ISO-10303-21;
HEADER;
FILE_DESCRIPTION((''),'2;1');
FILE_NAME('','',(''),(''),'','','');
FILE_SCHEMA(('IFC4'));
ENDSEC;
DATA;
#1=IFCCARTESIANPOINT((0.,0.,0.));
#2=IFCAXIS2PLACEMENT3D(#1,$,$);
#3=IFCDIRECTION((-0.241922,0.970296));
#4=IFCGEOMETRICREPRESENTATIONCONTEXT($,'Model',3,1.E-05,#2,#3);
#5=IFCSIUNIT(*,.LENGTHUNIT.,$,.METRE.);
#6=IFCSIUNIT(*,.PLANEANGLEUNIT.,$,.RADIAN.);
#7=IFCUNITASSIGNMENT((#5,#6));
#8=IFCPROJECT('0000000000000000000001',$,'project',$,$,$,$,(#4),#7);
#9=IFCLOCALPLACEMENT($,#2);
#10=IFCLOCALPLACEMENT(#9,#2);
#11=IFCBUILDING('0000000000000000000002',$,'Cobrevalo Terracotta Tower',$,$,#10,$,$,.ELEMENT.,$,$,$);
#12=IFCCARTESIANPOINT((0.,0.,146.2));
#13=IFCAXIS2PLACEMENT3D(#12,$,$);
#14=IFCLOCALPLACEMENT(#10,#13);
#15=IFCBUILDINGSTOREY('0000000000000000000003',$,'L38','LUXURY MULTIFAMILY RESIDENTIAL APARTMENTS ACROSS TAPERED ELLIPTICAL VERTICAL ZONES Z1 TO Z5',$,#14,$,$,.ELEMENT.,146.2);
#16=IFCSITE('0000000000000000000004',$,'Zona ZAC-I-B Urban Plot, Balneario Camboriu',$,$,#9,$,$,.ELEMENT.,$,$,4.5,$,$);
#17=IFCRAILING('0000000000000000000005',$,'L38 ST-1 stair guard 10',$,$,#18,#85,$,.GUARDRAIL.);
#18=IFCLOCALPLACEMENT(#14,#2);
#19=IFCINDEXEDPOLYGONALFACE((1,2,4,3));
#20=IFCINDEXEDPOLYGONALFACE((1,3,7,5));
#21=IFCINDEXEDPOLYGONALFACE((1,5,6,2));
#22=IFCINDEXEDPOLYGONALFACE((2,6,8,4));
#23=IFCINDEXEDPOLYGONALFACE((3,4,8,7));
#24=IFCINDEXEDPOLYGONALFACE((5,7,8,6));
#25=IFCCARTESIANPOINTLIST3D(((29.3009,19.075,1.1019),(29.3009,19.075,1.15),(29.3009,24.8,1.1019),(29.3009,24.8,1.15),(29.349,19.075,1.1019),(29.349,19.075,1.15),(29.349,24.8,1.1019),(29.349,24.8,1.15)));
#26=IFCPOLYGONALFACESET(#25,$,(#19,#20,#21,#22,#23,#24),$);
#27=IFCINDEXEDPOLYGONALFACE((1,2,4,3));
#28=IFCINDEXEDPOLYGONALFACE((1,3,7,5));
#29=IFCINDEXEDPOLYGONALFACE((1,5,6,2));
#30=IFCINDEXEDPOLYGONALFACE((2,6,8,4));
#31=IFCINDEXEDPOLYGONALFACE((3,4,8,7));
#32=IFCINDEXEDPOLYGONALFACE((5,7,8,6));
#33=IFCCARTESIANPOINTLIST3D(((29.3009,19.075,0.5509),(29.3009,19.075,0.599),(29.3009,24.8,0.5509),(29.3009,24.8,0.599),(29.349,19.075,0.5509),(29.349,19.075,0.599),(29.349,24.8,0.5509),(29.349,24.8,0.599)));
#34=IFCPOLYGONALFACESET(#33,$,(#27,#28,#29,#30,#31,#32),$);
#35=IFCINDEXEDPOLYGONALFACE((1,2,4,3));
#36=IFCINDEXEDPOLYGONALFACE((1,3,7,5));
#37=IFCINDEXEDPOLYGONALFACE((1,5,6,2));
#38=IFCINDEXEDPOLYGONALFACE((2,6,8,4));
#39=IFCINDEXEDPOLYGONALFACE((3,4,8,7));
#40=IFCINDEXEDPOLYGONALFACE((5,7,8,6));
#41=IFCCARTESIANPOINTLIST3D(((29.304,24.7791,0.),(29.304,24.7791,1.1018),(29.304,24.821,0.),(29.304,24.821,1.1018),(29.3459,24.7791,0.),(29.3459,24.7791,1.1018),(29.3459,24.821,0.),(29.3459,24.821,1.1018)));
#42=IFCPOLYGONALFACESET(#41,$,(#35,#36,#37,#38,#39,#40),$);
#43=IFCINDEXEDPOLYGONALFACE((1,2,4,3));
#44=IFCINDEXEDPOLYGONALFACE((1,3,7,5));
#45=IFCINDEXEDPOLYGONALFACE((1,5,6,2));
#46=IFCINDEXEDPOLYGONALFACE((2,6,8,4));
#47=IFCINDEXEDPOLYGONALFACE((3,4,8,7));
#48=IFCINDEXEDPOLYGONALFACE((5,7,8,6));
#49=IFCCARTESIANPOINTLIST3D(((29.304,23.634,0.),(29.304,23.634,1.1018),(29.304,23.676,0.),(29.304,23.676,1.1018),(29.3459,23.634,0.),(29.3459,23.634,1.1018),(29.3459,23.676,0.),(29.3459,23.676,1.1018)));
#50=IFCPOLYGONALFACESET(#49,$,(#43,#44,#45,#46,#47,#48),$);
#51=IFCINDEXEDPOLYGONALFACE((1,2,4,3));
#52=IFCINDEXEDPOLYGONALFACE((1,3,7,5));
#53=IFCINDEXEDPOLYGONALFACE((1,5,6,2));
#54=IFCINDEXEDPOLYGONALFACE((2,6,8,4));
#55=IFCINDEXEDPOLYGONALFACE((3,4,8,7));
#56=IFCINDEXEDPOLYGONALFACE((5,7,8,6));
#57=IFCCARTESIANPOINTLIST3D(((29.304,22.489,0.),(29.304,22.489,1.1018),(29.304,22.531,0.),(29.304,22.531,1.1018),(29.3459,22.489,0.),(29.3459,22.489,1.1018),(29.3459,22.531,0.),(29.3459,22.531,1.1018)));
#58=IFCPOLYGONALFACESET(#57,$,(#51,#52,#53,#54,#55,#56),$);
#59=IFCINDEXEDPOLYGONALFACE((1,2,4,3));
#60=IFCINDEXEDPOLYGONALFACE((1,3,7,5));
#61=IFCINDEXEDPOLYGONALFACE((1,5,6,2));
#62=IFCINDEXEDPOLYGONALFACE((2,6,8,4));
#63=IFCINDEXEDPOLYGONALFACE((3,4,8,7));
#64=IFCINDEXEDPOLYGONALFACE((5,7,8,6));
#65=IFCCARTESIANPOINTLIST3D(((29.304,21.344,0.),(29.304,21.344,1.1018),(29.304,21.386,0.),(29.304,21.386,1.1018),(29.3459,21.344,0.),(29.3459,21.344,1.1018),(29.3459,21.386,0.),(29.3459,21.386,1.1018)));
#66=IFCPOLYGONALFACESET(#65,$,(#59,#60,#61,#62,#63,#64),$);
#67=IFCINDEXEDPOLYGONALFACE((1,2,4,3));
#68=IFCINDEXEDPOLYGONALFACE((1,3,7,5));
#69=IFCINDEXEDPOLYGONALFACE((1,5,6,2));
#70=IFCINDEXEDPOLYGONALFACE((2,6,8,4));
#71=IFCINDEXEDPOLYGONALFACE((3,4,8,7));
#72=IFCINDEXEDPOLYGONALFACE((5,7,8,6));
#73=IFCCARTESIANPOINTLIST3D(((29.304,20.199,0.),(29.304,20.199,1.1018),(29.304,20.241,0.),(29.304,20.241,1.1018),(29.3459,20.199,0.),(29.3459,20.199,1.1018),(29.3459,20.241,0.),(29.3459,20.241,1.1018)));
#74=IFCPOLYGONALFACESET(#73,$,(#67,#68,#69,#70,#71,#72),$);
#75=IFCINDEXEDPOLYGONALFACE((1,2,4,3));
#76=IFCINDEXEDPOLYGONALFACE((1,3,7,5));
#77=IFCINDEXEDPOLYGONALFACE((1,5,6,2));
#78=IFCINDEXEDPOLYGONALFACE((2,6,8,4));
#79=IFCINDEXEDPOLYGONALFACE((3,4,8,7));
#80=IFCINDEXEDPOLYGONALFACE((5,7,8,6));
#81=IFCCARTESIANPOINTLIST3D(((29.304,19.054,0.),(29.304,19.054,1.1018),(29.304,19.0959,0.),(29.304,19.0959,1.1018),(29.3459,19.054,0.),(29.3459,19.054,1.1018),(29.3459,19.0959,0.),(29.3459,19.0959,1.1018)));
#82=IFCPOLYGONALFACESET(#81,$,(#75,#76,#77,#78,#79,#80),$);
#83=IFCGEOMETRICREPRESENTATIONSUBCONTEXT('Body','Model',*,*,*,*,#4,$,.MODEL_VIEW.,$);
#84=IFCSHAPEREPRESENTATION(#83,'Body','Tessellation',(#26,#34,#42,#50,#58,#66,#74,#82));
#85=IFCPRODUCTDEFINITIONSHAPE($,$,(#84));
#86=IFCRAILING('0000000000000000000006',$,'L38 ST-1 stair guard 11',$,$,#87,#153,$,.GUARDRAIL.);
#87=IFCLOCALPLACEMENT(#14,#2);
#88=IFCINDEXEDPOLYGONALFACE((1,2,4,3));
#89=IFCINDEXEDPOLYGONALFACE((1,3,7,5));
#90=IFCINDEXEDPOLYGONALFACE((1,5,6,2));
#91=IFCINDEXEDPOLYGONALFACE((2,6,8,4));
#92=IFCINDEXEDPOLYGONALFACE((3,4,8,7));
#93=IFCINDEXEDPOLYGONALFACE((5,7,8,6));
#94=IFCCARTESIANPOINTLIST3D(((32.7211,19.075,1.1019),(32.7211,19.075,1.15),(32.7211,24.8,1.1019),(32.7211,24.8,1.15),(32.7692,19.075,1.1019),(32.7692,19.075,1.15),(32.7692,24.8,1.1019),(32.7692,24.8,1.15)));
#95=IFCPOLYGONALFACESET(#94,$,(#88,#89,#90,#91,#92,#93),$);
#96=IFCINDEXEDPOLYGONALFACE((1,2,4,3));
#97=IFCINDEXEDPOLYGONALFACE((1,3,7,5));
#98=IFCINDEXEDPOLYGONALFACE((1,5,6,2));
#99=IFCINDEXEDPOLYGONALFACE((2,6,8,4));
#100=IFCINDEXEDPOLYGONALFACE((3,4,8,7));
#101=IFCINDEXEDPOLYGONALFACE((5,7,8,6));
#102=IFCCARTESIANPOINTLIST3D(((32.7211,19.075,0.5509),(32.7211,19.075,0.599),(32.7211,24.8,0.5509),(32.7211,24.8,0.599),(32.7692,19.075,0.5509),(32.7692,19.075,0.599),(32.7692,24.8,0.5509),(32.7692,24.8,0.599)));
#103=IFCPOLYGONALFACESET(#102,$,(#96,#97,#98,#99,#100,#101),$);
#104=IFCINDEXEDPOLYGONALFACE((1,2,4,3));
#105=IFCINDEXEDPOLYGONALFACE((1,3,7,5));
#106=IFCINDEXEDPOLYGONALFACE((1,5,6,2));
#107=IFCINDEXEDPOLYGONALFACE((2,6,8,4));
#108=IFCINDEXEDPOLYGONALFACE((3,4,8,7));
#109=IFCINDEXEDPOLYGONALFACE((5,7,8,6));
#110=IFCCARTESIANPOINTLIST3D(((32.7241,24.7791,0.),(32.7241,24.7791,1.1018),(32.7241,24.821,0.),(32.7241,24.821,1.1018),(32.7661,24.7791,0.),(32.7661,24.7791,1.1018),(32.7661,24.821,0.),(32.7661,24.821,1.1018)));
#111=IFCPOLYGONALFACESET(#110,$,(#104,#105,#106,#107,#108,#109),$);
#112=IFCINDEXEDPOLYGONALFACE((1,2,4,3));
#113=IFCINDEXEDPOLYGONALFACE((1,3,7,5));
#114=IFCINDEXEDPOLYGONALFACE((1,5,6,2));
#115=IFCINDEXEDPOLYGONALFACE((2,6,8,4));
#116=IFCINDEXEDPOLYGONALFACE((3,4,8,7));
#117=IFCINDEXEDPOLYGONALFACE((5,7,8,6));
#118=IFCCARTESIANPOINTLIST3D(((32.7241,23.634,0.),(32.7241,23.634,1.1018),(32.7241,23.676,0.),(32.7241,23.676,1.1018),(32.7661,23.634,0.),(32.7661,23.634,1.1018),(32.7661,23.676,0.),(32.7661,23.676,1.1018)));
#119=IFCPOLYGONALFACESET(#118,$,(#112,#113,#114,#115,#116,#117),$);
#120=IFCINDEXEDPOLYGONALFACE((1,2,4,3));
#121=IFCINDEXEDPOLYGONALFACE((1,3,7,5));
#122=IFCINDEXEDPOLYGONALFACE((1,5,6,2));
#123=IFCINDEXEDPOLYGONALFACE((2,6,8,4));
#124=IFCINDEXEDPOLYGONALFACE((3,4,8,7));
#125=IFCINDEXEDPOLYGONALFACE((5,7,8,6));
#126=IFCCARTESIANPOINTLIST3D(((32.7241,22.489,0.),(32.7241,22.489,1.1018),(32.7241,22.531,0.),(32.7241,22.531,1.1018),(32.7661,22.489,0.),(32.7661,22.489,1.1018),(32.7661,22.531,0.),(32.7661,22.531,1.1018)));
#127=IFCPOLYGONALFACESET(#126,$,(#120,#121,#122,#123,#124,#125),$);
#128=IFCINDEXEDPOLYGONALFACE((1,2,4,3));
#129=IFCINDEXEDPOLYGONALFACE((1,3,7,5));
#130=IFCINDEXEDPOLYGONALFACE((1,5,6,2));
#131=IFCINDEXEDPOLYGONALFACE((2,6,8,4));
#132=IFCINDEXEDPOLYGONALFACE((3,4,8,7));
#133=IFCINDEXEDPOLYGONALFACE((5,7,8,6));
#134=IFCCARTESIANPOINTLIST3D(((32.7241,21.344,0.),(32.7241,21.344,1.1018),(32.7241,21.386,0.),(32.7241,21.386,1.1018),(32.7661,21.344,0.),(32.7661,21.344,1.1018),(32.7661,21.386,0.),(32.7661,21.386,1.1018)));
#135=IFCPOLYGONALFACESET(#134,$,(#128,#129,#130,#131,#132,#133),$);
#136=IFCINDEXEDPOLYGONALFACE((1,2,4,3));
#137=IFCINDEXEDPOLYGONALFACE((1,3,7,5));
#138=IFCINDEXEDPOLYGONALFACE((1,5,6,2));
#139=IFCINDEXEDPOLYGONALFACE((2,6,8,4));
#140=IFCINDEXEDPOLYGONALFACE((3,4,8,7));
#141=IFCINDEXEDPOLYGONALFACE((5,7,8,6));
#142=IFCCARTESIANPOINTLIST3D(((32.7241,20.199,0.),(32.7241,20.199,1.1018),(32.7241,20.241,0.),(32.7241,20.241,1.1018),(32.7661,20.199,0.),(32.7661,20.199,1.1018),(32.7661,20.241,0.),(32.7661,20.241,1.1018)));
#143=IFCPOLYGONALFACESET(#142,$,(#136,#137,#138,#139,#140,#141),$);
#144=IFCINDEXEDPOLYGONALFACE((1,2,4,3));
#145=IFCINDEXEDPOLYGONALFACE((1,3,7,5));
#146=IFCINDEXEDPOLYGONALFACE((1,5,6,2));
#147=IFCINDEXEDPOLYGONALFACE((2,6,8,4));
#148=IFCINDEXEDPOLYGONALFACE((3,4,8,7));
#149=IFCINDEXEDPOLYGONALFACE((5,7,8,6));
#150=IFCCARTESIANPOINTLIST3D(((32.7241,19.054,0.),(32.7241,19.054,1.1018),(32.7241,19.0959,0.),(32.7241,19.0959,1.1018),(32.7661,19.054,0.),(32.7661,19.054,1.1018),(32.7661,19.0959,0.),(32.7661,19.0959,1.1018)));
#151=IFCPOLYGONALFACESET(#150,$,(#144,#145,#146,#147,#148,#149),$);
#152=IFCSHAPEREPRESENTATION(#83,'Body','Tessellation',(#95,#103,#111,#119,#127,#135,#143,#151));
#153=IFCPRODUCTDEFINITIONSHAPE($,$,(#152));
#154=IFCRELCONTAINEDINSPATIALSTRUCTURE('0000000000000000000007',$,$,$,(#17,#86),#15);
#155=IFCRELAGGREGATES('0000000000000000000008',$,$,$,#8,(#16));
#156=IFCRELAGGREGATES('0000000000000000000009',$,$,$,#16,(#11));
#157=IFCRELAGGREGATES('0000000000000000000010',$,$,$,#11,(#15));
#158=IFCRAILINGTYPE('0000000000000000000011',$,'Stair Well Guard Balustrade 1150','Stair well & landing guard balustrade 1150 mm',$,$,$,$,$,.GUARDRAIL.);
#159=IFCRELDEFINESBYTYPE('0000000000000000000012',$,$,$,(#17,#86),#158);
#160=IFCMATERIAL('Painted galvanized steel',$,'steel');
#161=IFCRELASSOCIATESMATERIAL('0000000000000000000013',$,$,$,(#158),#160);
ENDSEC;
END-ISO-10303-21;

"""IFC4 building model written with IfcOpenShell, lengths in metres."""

from ifc_helpers import new_model, si_unit, direction, frame, origin, origin_2d, place, context, subcontext, project, spatial, rectangle, extrude, material, type_object, element, save


model = new_model("IFC4")

# Units and contexts
model_context = context("Model", 3, precision=1e-05, world=origin(), true_north=direction((-0.241922, 0.970296)))
body_context = subcontext(model_context, "Body", "Model", "MODEL_VIEW")
ifc_project = project(units=[si_unit("LENGTHUNIT", "METRE"), si_unit("PLANEANGLEUNIT", "RADIAN")], contexts=[model_context])

# Site, building, storey
site_placement = place(None, origin())
site = spatial("IfcSite", under=ifc_project, at=site_placement, Name="Zona ZAC-I-B Urban Plot, Balneario Camboriu", CompositionType="ELEMENT", RefElevation=4.5)
building_placement = place(site_placement, origin())
building = spatial("IfcBuilding", under=site, at=building_placement, Name="Cobrevalo Terracotta Tower", CompositionType="ELEMENT")
storey_placement = place(building_placement, frame((0.0, 0.0, 146.2)))
storey = spatial("IfcBuildingStorey", under=building, at=storey_placement, Name="L38", Description="LUXURY MULTIFAMILY RESIDENTIAL APARTMENTS ACROSS TAPERED ELLIPTICAL VERTICAL ZONES Z1 TO Z5", CompositionType="ELEMENT", Elevation=146.2)

# Railings
ifc_material_1 = material(Name="Painted galvanized steel", Category="steel")
railing_type_1 = type_object("IfcRailingType", Name="Stair Well Guard Balustrade 1150", Description="Stair well & landing guard balustrade 1150 mm", PredefinedType="GUARDRAIL", material=ifc_material_1)
for number, where, name in (
    (1, (29.325, 24.8, 0.0), "L38 ST-1 stair guard 10"),
    (2, (32.7451, 24.8, 0.0), "L38 ST-1 stair guard 11"),
):
    element("IfcRailing", number, at=place(storey_placement, frame(where)), inside=storey, type_object=railing_type_1, Name=name, PredefinedType="GUARDRAIL", context=body_context, shape_type="SweptSolid", body=[
        extrude(rectangle(XDim=0.0481, YDim=0.0481, at=origin_2d()), frame((0.0, 0.0, 1.126), z_axis=(0.0, -1.0, 0.0), x_axis=(1.0, 0.0, 0.0)), (0.0, 0.0, 1.0), 5.7251),
        extrude(rectangle(XDim=0.0481, YDim=0.0481, at=origin_2d()), frame((0.0, 0.0, 0.575), z_axis=(0.0, -1.0, 0.0), x_axis=(1.0, 0.0, 0.0)), (0.0, 0.0, 1.0), 5.7251),
        extrude(rectangle(XDim=0.042, YDim=0.042, at=origin_2d()), origin(), (0.0, 0.0, 1.0), 1.1018),
        extrude(rectangle(XDim=0.042, YDim=0.042, at=origin_2d()), frame((0.0, -1.145, 0.0)), (0.0, 0.0, 1.0), 1.1018),
        extrude(rectangle(XDim=0.042, YDim=0.042, at=origin_2d()), frame((0.0, -2.29, 0.0)), (0.0, 0.0, 1.0), 1.1018),
        extrude(rectangle(XDim=0.042, YDim=0.042, at=origin_2d()), frame((0.0, -3.4351, 0.0)), (0.0, 0.0, 1.0), 1.1018),
        extrude(rectangle(XDim=0.042, YDim=0.042, at=origin_2d()), frame((0.0, -4.5801, 0.0)), (0.0, 0.0, 1.0), 1.1018),
        extrude(rectangle(XDim=0.042, YDim=0.042, at=origin_2d()), frame((0.0, -5.7251, 0.0)), (0.0, 0.0, 1.0), 1.1018),
    ])

save(model, "model.ifc")
